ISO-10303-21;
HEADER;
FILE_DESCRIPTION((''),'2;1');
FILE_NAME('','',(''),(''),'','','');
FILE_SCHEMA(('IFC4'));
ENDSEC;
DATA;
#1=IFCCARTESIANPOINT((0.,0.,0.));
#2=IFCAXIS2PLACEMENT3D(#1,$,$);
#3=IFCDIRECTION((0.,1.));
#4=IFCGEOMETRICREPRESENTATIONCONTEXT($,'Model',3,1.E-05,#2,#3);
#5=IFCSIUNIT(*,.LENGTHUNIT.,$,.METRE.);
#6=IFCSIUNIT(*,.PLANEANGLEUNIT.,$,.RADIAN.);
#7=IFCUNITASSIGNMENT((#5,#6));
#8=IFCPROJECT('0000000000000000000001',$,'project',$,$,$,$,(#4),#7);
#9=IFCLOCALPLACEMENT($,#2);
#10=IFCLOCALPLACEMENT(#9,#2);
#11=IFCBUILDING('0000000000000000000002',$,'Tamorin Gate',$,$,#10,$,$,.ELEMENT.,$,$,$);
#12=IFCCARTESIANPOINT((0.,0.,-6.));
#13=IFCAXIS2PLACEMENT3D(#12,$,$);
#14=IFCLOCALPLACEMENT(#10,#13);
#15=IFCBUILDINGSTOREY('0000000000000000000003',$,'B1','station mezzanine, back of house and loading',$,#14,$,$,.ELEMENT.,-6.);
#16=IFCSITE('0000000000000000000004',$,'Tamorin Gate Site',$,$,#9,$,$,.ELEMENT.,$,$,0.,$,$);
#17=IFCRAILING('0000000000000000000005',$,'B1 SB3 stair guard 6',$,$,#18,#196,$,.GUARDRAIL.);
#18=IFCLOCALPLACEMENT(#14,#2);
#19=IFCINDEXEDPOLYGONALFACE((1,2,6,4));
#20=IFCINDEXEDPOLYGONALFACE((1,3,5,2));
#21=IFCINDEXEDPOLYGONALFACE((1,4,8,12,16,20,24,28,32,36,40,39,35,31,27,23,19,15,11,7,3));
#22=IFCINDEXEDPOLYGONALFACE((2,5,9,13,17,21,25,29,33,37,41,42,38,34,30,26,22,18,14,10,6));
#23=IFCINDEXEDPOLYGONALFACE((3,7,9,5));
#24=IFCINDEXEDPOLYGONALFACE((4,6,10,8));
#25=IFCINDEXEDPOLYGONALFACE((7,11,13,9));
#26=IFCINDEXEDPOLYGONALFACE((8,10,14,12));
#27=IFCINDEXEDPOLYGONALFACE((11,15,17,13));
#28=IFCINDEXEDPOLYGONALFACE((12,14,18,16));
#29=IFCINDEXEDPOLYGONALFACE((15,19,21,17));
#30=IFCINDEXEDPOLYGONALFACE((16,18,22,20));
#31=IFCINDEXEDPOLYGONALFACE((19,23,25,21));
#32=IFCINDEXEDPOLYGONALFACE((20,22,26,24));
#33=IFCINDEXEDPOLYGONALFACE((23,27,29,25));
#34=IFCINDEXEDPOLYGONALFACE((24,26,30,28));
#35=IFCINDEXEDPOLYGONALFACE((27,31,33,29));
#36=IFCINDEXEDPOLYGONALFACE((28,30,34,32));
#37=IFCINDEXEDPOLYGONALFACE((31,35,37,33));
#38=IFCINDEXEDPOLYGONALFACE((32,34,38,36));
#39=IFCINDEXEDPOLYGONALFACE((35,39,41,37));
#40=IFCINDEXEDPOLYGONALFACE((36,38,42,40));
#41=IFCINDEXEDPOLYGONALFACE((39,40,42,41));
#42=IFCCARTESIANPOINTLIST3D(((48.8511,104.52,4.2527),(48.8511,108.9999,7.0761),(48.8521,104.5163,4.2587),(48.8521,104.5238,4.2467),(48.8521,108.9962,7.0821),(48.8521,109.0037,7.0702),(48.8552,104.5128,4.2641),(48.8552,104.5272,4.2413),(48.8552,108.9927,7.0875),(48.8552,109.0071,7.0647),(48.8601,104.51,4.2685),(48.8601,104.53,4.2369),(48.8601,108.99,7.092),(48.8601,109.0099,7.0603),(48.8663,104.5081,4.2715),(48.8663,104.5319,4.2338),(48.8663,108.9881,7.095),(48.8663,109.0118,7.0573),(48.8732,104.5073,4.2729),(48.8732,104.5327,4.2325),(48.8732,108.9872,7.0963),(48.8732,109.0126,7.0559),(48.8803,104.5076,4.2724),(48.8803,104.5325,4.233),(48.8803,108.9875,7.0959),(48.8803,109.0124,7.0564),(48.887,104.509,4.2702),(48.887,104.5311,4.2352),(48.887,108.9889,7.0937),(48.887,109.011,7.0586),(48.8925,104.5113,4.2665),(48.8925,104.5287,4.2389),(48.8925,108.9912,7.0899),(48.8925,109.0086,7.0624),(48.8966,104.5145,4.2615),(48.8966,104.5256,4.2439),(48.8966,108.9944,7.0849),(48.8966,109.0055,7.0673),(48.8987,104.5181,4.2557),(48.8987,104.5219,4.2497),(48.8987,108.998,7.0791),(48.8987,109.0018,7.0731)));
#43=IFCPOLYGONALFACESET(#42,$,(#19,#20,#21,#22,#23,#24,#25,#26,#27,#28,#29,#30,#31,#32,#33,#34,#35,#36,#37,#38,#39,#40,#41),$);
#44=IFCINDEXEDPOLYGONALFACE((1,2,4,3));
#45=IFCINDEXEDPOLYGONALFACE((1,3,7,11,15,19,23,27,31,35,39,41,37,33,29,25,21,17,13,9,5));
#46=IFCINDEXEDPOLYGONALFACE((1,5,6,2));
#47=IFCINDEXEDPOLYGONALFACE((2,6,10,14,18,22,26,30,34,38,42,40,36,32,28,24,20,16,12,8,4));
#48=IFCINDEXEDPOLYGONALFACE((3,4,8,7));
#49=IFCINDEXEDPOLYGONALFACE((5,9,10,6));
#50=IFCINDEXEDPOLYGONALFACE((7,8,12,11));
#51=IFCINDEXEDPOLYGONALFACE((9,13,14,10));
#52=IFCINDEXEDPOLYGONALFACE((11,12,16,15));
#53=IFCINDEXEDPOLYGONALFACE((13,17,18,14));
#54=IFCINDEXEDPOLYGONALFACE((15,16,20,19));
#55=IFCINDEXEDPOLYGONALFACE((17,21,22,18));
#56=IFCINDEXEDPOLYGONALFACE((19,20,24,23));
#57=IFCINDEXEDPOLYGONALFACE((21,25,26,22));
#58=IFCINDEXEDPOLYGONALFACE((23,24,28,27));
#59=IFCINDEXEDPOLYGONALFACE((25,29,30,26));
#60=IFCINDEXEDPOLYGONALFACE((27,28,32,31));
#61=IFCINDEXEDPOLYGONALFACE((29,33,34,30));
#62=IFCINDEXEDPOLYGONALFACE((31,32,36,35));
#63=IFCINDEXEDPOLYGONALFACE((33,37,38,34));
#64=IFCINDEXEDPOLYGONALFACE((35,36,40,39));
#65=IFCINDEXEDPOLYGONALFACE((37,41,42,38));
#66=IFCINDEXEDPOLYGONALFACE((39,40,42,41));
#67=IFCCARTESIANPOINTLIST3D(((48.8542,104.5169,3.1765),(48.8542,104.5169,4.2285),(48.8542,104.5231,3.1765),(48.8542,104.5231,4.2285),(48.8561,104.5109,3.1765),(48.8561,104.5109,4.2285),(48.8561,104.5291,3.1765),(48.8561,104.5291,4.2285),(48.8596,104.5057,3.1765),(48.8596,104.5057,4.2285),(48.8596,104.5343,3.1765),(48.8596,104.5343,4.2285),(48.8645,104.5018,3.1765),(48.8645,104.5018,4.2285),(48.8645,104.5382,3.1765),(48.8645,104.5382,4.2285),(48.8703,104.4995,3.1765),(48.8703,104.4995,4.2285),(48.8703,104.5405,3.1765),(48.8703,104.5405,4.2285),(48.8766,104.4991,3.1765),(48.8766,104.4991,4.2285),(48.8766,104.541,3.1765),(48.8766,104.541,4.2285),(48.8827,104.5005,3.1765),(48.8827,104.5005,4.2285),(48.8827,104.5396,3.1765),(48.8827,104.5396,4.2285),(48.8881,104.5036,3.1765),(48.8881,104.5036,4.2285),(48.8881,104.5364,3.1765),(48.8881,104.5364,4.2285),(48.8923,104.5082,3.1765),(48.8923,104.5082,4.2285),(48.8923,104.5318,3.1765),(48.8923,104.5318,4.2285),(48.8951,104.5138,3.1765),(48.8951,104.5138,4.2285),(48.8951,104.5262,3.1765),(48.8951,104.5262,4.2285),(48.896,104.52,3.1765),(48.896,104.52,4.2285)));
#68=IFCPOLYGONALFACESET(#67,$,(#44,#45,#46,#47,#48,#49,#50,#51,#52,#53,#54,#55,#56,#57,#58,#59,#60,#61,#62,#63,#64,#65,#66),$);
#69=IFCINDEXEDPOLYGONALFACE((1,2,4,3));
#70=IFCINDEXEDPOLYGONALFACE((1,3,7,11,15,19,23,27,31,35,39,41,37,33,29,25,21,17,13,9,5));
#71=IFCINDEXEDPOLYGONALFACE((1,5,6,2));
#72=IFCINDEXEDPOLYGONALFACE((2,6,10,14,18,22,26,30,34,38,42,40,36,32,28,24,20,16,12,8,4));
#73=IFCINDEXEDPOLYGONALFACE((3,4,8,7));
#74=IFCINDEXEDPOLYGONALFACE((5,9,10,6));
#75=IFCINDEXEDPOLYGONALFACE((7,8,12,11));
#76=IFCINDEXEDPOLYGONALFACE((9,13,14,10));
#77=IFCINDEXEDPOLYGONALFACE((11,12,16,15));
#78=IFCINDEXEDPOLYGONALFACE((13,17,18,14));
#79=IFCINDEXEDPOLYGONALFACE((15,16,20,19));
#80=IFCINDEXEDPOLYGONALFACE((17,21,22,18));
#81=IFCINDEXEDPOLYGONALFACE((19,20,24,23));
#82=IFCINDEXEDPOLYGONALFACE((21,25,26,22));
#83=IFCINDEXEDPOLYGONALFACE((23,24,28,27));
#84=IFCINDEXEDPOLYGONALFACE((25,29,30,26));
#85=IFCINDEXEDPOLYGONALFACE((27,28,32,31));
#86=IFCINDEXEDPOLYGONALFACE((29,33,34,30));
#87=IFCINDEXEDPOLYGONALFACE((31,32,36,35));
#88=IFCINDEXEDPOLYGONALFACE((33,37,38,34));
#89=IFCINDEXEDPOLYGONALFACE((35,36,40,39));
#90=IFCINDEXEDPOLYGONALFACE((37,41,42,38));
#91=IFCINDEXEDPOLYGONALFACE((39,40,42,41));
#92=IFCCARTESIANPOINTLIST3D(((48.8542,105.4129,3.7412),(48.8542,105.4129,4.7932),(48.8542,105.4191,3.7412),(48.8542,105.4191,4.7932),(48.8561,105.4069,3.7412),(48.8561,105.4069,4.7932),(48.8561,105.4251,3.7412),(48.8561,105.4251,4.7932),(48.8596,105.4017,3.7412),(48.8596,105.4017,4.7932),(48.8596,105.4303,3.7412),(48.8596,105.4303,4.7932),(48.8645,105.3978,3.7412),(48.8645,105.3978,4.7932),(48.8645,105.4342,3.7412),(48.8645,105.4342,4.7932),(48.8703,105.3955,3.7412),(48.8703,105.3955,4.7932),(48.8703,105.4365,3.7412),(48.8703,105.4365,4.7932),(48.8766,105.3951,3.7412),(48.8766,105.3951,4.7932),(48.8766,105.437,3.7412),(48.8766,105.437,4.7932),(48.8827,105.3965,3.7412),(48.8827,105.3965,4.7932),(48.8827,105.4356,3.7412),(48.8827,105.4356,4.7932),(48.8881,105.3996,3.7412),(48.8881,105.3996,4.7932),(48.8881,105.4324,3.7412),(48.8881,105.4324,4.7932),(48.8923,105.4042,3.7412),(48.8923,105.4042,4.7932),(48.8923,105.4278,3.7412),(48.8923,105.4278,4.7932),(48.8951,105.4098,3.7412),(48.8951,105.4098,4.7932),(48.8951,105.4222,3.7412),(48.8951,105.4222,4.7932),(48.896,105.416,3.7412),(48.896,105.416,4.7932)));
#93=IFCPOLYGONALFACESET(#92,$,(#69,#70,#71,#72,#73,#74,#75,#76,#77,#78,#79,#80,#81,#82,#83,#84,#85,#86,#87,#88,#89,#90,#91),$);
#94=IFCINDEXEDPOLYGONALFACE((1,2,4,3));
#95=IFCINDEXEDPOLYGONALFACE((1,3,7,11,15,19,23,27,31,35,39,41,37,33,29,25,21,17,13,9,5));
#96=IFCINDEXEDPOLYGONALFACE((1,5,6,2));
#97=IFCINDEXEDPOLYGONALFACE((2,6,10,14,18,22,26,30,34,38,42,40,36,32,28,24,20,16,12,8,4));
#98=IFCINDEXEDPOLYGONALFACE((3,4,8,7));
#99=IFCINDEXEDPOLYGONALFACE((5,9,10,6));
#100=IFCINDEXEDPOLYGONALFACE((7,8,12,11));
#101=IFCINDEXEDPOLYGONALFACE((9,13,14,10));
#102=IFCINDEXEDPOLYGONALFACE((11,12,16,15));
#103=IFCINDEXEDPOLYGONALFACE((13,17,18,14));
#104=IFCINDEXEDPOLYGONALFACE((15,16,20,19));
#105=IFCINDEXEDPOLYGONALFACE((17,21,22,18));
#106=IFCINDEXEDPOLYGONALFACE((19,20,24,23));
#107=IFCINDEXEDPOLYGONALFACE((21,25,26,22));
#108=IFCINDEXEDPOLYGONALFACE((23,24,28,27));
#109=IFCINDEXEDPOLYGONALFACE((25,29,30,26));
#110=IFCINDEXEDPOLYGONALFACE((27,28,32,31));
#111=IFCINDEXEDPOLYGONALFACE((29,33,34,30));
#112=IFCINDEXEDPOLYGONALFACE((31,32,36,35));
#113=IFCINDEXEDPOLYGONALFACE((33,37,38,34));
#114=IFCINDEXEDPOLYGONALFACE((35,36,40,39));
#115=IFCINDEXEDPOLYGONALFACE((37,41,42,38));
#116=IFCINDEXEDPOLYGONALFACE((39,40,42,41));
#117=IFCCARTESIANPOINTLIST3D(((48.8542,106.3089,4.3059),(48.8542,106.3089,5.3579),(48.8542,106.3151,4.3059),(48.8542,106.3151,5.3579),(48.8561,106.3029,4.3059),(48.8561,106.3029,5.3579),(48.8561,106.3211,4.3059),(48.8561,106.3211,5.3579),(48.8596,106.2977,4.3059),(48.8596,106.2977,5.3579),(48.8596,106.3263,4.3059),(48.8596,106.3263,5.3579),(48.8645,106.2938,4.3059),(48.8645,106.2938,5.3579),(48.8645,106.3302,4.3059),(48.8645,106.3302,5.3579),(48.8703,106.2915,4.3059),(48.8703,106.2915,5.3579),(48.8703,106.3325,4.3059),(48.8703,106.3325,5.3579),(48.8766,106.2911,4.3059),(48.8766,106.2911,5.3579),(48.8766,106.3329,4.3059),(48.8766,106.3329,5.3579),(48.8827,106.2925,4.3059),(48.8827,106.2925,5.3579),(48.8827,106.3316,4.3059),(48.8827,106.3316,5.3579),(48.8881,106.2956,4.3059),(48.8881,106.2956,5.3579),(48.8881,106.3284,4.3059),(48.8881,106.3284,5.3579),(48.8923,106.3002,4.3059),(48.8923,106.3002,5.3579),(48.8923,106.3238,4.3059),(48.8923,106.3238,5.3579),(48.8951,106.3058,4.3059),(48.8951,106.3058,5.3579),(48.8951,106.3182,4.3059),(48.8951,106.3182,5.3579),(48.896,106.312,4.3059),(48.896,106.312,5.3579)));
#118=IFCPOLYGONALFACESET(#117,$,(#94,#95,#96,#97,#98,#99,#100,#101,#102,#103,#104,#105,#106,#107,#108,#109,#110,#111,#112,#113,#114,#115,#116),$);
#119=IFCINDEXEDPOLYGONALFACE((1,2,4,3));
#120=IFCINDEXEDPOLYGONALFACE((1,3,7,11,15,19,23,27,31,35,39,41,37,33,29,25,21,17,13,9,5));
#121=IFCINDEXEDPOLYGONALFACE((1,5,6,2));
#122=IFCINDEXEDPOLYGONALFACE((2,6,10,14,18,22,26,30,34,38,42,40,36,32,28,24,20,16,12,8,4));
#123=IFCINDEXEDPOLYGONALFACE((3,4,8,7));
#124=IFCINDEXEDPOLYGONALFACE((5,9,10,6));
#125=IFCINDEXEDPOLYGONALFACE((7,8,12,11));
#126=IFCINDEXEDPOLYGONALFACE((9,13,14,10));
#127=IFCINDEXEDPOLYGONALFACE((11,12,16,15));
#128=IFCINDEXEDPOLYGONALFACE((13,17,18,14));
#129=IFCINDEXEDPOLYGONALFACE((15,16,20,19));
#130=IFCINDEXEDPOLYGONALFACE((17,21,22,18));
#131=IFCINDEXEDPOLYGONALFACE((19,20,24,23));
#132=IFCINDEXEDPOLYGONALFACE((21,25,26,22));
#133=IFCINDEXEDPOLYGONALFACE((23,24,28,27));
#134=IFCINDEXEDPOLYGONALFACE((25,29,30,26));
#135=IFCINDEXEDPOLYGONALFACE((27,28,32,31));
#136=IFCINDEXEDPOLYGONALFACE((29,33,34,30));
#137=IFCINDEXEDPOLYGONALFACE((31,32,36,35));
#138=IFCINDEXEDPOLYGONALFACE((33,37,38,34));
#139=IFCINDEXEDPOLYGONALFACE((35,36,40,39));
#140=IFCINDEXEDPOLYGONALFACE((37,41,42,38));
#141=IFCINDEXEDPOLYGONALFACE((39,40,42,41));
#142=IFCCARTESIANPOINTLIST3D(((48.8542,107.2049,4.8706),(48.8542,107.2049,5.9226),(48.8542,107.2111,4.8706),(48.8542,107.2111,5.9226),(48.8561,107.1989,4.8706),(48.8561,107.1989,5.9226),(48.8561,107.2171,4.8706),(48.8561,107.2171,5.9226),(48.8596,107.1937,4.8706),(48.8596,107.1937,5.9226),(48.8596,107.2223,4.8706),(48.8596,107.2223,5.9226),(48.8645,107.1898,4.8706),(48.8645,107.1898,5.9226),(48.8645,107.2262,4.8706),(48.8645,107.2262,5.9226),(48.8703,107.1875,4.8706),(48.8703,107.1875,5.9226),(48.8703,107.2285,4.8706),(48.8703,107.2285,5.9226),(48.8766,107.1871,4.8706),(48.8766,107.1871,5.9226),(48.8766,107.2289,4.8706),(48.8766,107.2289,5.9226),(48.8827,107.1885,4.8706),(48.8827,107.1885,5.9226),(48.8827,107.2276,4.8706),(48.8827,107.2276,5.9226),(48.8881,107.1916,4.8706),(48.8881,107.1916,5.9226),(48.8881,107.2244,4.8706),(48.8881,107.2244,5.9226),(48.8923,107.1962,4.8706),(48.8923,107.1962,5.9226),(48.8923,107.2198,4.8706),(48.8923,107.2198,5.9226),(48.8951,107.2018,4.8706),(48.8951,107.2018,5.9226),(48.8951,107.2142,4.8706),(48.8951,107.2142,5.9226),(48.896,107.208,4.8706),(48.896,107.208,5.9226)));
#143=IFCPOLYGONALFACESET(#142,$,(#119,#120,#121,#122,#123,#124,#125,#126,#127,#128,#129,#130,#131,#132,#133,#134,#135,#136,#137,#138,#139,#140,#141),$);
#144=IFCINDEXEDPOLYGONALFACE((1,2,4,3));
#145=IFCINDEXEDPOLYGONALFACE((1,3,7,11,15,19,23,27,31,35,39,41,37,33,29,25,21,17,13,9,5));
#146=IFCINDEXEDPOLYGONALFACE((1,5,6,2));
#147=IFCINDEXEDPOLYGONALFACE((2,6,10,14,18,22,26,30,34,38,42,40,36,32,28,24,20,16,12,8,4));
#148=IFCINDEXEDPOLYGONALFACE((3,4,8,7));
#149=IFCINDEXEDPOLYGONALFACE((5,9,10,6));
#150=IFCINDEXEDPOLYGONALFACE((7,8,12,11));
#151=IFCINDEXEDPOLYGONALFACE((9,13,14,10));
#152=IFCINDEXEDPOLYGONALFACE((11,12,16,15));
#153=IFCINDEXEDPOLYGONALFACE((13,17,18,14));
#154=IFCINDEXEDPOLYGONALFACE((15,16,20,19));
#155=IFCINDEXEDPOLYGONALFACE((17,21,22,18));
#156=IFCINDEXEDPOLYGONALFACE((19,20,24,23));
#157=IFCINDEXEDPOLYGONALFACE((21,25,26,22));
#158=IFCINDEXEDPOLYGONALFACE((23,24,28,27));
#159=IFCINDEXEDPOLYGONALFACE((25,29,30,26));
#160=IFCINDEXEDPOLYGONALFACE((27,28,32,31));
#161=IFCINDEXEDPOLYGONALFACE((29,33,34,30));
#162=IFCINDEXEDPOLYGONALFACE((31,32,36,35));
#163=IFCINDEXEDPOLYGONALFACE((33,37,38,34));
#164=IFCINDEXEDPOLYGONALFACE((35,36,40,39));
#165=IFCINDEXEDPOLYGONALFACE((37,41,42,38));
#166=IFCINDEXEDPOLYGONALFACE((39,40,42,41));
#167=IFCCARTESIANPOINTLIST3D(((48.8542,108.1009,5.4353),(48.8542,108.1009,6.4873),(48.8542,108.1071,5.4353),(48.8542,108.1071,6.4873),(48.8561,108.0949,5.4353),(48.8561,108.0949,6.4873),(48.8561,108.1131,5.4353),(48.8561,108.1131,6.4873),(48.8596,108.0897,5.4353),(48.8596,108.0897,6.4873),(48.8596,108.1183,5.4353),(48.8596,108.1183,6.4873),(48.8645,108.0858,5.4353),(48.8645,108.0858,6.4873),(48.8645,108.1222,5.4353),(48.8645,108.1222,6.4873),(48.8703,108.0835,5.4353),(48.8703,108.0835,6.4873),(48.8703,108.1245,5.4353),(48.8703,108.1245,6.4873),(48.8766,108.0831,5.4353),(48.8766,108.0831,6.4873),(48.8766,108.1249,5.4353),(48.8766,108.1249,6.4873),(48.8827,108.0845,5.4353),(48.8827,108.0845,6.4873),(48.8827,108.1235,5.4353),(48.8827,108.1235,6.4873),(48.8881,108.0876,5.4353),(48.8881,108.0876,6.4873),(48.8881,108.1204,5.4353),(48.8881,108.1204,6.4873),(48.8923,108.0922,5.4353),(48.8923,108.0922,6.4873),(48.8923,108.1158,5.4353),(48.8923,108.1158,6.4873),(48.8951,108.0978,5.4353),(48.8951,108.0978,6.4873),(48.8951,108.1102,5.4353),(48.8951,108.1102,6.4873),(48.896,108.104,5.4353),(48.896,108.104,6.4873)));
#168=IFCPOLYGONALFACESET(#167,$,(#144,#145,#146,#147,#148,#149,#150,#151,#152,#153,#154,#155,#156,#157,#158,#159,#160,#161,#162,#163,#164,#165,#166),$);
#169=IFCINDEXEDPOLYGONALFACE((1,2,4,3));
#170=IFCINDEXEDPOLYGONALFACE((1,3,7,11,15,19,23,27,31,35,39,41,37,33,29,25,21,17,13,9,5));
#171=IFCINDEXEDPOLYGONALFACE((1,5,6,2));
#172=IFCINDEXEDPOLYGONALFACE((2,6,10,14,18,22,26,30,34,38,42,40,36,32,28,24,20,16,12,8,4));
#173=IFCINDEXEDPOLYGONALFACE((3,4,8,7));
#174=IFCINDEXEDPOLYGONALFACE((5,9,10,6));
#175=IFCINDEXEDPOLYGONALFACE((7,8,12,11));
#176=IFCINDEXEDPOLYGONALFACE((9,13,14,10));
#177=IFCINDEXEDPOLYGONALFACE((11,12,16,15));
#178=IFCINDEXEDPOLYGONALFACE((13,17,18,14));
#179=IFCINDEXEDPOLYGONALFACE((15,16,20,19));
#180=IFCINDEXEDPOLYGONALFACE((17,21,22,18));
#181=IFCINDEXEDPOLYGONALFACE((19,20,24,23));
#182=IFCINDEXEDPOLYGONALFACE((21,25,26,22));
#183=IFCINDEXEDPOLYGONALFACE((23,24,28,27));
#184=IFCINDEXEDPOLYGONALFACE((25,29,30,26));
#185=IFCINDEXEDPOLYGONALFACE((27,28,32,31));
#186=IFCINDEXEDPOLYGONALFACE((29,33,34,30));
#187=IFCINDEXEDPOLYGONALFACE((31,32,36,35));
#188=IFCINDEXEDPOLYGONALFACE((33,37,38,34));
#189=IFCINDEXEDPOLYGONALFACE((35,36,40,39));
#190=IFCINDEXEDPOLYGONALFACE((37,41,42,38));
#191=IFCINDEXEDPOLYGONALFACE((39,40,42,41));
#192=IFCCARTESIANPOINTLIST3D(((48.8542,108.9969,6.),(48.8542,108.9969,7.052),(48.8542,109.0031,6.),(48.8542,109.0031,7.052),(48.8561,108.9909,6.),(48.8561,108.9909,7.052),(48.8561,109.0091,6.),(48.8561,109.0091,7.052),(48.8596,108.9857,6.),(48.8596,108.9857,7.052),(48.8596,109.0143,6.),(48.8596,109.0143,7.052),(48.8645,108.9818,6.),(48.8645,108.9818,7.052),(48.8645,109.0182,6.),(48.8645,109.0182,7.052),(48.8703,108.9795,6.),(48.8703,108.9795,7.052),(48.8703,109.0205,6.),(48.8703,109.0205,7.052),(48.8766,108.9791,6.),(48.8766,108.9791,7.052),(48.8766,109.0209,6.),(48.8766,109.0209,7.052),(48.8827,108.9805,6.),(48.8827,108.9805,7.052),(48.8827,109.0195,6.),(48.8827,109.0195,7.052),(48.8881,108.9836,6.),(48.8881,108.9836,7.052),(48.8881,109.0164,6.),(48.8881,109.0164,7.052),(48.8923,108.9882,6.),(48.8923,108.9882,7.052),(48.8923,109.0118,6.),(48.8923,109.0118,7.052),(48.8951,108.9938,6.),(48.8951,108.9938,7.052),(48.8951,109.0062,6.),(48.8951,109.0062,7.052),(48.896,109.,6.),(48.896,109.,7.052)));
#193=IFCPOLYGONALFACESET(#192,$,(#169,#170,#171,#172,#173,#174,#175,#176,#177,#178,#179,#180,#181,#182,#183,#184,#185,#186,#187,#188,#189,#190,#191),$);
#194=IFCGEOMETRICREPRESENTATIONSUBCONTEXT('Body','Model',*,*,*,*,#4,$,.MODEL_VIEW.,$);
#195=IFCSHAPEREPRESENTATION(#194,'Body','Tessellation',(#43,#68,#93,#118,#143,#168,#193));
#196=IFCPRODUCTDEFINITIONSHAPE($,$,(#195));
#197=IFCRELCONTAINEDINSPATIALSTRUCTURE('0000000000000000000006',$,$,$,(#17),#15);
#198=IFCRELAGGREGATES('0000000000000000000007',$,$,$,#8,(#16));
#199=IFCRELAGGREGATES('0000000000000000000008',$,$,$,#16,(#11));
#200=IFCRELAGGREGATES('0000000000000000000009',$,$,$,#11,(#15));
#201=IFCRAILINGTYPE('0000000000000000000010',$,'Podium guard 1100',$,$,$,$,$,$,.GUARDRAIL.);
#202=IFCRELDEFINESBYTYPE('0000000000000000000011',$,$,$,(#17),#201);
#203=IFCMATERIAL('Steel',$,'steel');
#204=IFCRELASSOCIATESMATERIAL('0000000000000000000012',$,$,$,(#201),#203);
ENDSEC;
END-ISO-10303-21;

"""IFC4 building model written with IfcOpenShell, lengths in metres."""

from ifc_helpers import new_model, si_unit, direction, frame, origin, origin_2d, place, context, subcontext, project, spatial, circle, extrude, material, type_object, element, save


model = new_model("IFC4")

# Units and contexts
model_context = context("Model", 3, precision=1e-05, world=origin(), true_north=direction((0.0, 1.0)))
body_context = subcontext(model_context, "Body", "Model", "MODEL_VIEW")
ifc_project = project(units=[si_unit("LENGTHUNIT", "METRE"), si_unit("PLANEANGLEUNIT", "RADIAN")], contexts=[model_context])

# Site, building, storey
site_placement = place(None, origin())
site = spatial("IfcSite", under=ifc_project, at=site_placement, Name="Tamorin Gate Site", CompositionType="ELEMENT", RefElevation=0.0)
building_placement = place(site_placement, origin())
building = spatial("IfcBuilding", under=site, at=building_placement, Name="Tamorin Gate", CompositionType="ELEMENT")
storey_placement = place(building_placement, frame((0.0, 0.0, -6.0)))
storey = spatial("IfcBuildingStorey", under=building, at=storey_placement, Name="B1", Description="station mezzanine, back of house and loading", CompositionType="ELEMENT", Elevation=-6.0)

# Railing
ifc_material_1 = material(Name="Steel", Category="steel")
railing_type_1 = type_object("IfcRailingType", Name="Podium guard 1100", PredefinedType="GUARDRAIL", material=ifc_material_1)
railing_1_placement = place(storey_placement, frame((48.875, 104.52, 3.1765)))
element("IfcRailing", 1, at=railing_1_placement, inside=storey, type_object=railing_type_1, Name="B1 SB3 stair guard 6", PredefinedType="GUARDRAIL", context=body_context, shape_type="SweptSolid", body=[
    extrude(circle(Radius=0.0239, at=origin_2d()), frame((0.0, 0.0, 1.0762), z_axis=(0.0, 0.845998, 0.533186), x_axis=(-1.0, 0.0, 0.0)), (0.0, 0.0, 1.0), 5.2954),
    extrude(circle(Radius=0.021, at=origin_2d()), origin(), (0.0, 0.0, 1.0), 1.052),
    extrude(circle(Radius=0.021, at=origin_2d()), frame((0.0, 0.896, 0.5647)), (0.0, 0.0, 1.0), 1.052),
    extrude(circle(Radius=0.021, at=origin_2d()), frame((0.0, 1.792, 1.1294)), (0.0, 0.0, 1.0), 1.052),
    extrude(circle(Radius=0.021, at=origin_2d()), frame((0.0, 2.688, 1.6941)), (0.0, 0.0, 1.0), 1.052),
    extrude(circle(Radius=0.021, at=origin_2d()), frame((0.0, 3.584, 2.2588)), (0.0, 0.0, 1.0), 1.052),
    extrude(circle(Radius=0.021, at=origin_2d()), frame((0.0, 4.48, 2.8235)), (0.0, 0.0, 1.0), 1.052),
])

save(model, "model.ifc")
